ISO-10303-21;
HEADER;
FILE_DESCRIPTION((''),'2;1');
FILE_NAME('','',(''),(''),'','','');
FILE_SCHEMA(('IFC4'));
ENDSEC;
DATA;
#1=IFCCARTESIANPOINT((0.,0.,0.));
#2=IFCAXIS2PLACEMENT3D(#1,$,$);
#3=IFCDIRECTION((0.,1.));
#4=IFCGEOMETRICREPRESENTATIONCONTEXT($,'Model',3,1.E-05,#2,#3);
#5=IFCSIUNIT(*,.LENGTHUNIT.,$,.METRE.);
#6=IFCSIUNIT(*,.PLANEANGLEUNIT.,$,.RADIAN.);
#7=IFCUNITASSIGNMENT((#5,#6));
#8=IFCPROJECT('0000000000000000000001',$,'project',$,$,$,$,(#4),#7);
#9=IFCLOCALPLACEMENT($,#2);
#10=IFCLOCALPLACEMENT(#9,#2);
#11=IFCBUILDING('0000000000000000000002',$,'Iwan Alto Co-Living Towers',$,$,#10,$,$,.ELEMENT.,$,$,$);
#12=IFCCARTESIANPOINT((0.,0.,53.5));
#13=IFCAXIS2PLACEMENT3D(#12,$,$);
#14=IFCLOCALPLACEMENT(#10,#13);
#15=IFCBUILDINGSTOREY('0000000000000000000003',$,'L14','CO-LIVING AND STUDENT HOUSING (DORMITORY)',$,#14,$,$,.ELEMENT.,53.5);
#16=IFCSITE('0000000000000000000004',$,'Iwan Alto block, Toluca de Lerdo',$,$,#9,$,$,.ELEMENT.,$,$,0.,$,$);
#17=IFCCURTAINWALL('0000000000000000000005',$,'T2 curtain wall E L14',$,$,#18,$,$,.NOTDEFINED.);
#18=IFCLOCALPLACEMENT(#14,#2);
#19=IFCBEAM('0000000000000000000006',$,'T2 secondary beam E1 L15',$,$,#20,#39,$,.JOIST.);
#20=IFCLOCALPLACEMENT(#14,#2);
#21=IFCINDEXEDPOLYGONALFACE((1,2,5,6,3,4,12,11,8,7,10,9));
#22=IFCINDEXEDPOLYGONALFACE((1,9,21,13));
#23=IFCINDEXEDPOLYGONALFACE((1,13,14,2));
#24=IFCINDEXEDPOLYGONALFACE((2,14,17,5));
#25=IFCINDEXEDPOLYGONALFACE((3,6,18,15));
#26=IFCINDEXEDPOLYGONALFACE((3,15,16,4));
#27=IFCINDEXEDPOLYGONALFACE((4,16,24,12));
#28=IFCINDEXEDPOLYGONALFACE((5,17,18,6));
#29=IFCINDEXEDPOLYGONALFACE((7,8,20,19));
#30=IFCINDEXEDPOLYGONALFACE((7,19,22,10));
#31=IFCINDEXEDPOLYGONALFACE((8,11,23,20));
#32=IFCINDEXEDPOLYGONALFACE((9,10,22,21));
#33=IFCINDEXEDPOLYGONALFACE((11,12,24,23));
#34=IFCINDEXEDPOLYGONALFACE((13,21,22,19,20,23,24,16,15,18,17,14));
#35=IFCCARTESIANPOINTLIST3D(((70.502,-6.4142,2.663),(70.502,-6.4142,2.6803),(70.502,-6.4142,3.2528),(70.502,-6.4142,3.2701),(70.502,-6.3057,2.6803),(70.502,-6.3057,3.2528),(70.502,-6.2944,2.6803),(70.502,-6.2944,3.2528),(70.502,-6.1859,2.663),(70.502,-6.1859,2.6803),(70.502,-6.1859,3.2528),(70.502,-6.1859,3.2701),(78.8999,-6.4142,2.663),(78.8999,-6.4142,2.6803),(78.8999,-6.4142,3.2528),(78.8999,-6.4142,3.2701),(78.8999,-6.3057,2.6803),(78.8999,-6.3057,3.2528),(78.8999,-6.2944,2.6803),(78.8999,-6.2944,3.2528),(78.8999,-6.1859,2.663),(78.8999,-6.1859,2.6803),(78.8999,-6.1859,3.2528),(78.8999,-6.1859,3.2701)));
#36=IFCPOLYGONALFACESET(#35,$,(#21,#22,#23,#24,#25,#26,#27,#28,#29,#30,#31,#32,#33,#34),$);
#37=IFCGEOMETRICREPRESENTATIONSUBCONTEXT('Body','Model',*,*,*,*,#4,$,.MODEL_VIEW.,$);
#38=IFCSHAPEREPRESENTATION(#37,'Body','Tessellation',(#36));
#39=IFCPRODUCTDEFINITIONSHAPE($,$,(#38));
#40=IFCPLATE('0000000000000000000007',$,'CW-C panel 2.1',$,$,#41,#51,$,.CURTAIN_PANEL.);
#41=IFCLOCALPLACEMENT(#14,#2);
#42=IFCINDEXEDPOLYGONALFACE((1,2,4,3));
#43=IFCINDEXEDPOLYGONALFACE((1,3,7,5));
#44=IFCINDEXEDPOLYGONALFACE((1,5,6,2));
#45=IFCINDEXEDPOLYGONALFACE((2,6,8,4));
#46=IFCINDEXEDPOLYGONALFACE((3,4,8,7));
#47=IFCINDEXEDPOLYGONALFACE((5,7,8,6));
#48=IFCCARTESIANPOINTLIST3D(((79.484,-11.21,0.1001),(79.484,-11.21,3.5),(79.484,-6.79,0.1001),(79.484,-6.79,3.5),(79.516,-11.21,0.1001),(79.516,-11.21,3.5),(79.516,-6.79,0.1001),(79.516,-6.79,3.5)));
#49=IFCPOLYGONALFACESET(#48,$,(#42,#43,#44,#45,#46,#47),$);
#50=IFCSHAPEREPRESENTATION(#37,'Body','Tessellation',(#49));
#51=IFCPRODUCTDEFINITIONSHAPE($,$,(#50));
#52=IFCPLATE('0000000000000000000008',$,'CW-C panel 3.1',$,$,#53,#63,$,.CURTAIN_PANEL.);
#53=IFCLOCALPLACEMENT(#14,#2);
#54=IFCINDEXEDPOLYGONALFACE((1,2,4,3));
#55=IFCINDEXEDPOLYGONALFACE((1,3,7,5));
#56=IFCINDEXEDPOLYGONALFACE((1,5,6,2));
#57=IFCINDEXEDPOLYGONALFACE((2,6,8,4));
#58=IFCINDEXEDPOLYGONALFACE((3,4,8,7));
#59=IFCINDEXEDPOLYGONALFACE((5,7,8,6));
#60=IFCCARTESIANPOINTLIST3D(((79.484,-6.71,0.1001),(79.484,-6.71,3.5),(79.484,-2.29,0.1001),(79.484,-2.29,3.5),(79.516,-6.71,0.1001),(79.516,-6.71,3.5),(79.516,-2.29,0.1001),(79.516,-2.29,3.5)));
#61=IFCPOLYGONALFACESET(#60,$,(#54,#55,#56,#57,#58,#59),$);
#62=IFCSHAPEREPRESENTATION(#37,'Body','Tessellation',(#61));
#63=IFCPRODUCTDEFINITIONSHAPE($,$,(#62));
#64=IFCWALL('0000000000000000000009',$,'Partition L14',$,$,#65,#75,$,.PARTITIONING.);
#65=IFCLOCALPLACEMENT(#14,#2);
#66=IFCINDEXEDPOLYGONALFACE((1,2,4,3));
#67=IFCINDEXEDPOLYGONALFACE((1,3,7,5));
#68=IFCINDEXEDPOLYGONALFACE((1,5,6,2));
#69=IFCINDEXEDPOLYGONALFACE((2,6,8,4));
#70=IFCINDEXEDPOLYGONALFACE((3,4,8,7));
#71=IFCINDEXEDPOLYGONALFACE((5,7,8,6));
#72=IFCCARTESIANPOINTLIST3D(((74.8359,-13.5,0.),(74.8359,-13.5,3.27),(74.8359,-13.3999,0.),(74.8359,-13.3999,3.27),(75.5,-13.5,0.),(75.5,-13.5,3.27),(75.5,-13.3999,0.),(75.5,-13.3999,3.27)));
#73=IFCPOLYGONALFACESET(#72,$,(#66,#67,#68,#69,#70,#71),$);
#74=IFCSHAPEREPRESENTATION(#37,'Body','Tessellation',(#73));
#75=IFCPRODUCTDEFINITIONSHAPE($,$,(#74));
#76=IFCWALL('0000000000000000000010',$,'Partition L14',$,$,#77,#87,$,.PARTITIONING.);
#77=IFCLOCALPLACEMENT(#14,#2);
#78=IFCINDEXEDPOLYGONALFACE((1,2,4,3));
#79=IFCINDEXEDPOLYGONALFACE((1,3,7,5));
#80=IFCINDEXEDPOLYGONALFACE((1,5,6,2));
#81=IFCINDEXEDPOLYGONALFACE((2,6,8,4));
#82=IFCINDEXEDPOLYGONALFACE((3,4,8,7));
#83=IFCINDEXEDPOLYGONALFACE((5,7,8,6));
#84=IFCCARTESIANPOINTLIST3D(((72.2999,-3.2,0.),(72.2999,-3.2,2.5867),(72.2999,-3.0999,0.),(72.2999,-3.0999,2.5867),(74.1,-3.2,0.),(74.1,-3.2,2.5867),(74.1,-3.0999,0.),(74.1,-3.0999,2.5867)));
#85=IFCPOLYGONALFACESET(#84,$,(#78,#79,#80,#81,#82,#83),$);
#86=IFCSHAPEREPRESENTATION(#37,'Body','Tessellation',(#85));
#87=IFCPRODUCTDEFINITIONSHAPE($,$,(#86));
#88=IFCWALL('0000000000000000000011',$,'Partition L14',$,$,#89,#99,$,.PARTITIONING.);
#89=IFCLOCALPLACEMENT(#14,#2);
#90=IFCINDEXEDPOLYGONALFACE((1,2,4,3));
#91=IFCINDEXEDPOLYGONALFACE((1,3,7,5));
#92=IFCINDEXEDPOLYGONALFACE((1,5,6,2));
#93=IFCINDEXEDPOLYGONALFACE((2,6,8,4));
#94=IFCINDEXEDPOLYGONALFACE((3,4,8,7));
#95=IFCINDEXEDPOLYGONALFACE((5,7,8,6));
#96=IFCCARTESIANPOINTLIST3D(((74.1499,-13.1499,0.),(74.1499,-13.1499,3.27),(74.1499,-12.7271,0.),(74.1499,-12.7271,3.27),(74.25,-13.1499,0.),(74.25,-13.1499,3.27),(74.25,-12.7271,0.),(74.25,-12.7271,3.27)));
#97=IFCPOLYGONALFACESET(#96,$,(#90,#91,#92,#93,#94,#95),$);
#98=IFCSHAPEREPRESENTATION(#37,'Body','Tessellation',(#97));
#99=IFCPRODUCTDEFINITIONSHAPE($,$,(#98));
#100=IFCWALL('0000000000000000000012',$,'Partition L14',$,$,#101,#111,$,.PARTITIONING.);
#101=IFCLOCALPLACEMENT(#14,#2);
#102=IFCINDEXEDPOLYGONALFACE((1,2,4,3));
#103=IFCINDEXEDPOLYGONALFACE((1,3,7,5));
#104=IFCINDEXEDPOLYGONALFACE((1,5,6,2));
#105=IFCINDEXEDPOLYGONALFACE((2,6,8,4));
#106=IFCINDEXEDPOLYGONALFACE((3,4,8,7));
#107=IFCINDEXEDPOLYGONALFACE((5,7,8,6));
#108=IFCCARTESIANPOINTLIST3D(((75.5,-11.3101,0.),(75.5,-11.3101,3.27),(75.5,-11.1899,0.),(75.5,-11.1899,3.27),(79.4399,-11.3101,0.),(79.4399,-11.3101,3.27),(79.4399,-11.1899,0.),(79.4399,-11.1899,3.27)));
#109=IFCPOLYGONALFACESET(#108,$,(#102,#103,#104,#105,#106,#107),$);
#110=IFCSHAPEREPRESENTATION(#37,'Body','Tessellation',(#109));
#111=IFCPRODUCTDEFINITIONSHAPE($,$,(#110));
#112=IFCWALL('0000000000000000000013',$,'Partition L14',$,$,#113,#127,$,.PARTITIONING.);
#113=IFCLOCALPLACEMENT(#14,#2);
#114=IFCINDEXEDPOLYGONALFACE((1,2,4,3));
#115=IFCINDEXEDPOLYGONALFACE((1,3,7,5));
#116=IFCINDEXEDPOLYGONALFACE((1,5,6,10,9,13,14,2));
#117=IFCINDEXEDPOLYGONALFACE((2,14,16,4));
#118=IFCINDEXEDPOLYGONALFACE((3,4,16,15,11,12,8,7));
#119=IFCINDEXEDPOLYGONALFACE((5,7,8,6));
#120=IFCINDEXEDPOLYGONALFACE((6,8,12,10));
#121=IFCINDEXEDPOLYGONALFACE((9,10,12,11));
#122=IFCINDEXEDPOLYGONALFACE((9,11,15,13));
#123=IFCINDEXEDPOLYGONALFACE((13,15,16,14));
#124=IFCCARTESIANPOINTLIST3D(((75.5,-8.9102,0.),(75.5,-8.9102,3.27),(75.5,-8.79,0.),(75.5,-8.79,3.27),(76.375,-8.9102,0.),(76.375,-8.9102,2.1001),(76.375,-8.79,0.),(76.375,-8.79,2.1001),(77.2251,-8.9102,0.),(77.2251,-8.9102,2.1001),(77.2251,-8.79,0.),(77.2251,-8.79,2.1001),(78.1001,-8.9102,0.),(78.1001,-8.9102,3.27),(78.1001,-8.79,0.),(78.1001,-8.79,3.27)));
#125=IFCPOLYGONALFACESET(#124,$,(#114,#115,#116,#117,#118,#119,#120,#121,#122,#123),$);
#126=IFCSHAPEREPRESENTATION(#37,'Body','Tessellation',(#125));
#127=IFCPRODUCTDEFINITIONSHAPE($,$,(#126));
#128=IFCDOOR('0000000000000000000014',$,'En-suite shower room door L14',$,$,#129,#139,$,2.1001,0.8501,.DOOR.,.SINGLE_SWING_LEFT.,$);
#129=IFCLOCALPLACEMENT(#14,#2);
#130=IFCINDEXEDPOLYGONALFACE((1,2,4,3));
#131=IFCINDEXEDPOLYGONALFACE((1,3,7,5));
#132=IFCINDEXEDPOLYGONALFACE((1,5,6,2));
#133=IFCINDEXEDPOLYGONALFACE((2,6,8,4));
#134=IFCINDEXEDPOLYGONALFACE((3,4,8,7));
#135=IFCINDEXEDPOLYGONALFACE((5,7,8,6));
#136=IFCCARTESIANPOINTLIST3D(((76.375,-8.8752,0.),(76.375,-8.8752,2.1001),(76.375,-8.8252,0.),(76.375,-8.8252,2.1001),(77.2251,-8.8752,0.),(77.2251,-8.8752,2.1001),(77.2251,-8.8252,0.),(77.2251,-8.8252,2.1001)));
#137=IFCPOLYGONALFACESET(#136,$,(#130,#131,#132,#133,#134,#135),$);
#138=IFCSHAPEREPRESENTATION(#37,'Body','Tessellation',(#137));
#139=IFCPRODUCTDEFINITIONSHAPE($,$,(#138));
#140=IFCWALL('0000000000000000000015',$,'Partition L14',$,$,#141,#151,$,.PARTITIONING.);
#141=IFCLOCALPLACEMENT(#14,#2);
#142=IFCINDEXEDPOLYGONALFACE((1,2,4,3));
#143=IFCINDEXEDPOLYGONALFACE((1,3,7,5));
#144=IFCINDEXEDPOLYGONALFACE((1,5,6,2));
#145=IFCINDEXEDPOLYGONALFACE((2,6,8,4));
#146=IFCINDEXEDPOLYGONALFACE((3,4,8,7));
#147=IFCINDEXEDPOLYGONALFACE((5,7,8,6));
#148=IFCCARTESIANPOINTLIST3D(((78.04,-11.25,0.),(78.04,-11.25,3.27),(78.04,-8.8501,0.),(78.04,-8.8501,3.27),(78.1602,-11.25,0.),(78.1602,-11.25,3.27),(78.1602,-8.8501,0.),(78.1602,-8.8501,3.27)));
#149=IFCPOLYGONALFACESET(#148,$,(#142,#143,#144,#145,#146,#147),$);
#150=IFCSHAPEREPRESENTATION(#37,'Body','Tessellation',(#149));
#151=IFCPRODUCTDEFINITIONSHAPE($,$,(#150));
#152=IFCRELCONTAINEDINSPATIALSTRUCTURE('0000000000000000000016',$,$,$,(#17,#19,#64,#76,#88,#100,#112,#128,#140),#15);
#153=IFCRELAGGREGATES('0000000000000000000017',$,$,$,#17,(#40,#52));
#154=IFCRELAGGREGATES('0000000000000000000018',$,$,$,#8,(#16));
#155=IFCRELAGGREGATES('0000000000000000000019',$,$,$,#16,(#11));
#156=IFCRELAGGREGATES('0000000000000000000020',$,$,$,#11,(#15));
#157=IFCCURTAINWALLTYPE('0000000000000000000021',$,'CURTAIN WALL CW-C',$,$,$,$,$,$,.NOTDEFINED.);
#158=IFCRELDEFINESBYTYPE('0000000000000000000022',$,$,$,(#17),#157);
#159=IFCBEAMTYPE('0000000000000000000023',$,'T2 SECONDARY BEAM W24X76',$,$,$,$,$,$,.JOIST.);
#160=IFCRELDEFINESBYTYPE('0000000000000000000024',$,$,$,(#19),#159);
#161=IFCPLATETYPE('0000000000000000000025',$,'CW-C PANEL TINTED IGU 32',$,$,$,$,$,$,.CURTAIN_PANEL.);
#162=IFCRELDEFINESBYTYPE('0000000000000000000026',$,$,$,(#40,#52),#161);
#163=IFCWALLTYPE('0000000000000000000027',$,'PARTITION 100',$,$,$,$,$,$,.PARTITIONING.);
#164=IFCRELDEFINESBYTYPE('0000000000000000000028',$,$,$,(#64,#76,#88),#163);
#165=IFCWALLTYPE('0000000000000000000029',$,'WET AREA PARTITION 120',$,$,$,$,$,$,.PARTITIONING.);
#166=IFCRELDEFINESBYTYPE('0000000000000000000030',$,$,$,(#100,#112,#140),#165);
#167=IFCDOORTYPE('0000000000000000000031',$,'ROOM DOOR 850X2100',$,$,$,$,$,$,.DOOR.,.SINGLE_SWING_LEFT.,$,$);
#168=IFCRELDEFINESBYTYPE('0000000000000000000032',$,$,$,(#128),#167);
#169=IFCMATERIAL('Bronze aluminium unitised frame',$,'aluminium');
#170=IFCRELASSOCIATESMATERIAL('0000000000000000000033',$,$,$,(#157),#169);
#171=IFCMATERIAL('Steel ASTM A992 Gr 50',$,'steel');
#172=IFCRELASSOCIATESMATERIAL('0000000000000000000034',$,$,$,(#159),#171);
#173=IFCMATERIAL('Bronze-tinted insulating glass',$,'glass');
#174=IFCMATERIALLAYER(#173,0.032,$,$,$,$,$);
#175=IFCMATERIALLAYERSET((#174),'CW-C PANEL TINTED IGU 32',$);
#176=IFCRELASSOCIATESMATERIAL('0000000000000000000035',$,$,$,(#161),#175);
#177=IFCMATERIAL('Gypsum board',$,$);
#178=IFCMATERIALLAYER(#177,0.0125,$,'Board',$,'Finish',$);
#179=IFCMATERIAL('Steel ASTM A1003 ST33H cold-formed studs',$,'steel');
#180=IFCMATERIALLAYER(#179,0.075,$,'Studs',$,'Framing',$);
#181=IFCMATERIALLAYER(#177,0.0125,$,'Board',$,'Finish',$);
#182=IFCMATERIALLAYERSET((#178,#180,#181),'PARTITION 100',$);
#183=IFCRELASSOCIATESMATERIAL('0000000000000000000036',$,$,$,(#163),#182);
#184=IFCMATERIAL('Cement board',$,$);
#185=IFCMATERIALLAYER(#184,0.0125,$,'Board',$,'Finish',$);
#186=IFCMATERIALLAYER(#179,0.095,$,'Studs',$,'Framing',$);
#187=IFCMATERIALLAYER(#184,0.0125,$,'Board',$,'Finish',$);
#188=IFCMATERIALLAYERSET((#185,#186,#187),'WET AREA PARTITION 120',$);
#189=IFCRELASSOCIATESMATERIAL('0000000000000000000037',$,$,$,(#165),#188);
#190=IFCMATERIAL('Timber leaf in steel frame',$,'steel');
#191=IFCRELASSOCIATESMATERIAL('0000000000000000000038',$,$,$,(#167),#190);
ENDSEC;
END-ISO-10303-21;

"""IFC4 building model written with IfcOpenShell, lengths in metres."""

from ifc_helpers import new_model, si_unit, direction, frame, frame_2d, origin, origin_2d, place, context, subcontext, project, spatial, rectangle, i_section, extrude, material, layer, layer_set, material_profile, profile_set, type_object, element, fill, aggregate, save


model = new_model("IFC4")

# Units and contexts
model_context = context("Model", 3, precision=1e-05, world=origin(), true_north=direction((0.0, 1.0)))
body_context = subcontext(model_context, "Body", "Model", "MODEL_VIEW")
ifc_project = project(units=[si_unit("LENGTHUNIT", "METRE"), si_unit("PLANEANGLEUNIT", "RADIAN")], contexts=[model_context])

# Site, building, storey
site_placement = place(None, origin())
site = spatial("IfcSite", under=ifc_project, at=site_placement, Name="Iwan Alto block, Toluca de Lerdo", CompositionType="ELEMENT", RefElevation=0.0)
building_placement = place(site_placement, origin())
building = spatial("IfcBuilding", under=site, at=building_placement, Name="Iwan Alto Co-Living Towers", CompositionType="ELEMENT")
storey_placement = place(building_placement, frame((0.0, 0.0, 53.5)))
storey = spatial("IfcBuildingStorey", under=building, at=storey_placement, Name="L14", Description="CO-LIVING AND STUDENT HOUSING (DORMITORY)", CompositionType="ELEMENT", Elevation=53.5)

# Curtain wall
ifc_material_1 = material(Name="Bronze aluminium unitised frame", Category="aluminium")
curtain_wall_type = type_object("IfcCurtainWallType", Name="CURTAIN WALL CW-C", PredefinedType="NOTDEFINED", material=ifc_material_1)
curtain_wall_placement = place(storey_placement, origin())
curtain_wall = element("IfcCurtainWall", 1, at=curtain_wall_placement, inside=storey, type_object=curtain_wall_type, Name="T2 curtain wall E L14", PredefinedType="NOTDEFINED")

# Beam
ifc_material_2 = material(Name="Steel ASTM A992 Gr 50", Category="steel")
ifc_material_profile_1 = material_profile(ifc_material_2, i_section(OverallWidth=0.2283, OverallDepth=0.6072, WebThickness=0.0112, FlangeThickness=0.0173, at=origin_2d()), Name="W24X76")
ifc_profile_set_1 = profile_set([ifc_material_profile_1], Name="Steel ASTM A992 Gr 50")
beam_type_1 = type_object("IfcBeamType", Name="T2 SECONDARY BEAM W24X76", PredefinedType="JOIST", material=ifc_profile_set_1)
beam_1_placement = place(storey_placement, frame((78.8999, -6.3, 2.9666), z_axis=(-1.0, 0.0, 0.0), x_axis=(0.0, -1.0, 0.0)))
element("IfcBeam", 2, at=beam_1_placement, inside=storey, type_object=beam_type_1, Name="T2 secondary beam E1 L15", PredefinedType="JOIST", context=body_context, shape_type="SweptSolid", body=[
    extrude(i_section(OverallWidth=0.2283, OverallDepth=0.6072, WebThickness=0.0112, FlangeThickness=0.0173, at=origin_2d()), origin(), (0.0, 0.0, 1.0), 8.3979),
])

# Plates
ifc_material_3 = material(Name="Bronze-tinted insulating glass", Category="glass")
ifc_layer_1 = layer(ifc_material_3, 0.032)
ifc_layer_set_1 = layer_set([ifc_layer_1], Name="CW-C PANEL TINTED IGU 32")
plate_type = type_object("IfcPlateType", Name="CW-C PANEL TINTED IGU 32", PredefinedType="CURTAIN_PANEL", material=ifc_layer_set_1)
plate_1_placement = place(storey_placement, frame((79.5, -9.0, 0.1001), z_axis=(0.0, 0.0, 1.0), x_axis=(0.0, 1.0, 0.0)))
plate_1 = element("IfcPlate", 3, at=plate_1_placement, type_object=plate_type, Name="CW-C panel 2.1", PredefinedType="CURTAIN_PANEL", context=body_context, shape_type="SweptSolid", body=[
    extrude(rectangle(XDim=4.4199, YDim=0.032, at=origin_2d()), origin(), (0.0, 0.0, 1.0), 3.3999),
])
plate_2_placement = place(storey_placement, frame((79.5, -4.5, 0.1001), z_axis=(0.0, 0.0, 1.0), x_axis=(0.0, 1.0, 0.0)))
plate_2 = element("IfcPlate", 4, at=plate_2_placement, type_object=plate_type, Name="CW-C panel 3.1", PredefinedType="CURTAIN_PANEL", context=body_context, shape_type="SweptSolid", body=[
    extrude(rectangle(XDim=4.4199, YDim=0.032, at=origin_2d()), origin(), (0.0, 0.0, 1.0), 3.3999),
])
aggregate(curtain_wall, [plate_1, plate_2])

# Walls
ifc_material_4 = material(Name="Gypsum board")
ifc_layer_2 = layer(ifc_material_4, 0.0125, Name="Board", Category="Finish")
ifc_material_5 = material(Name="Steel ASTM A1003 ST33H cold-formed studs", Category="steel")
ifc_layer_3 = layer(ifc_material_5, 0.075, Name="Studs", Category="Framing")
ifc_layer_4 = layer(ifc_material_4, 0.0125, Name="Board", Category="Finish")
ifc_layer_set_2 = layer_set([ifc_layer_2, ifc_layer_3, ifc_layer_4], Name="PARTITION 100")
wall_type_1 = type_object("IfcWallType", Name="PARTITION 100", PredefinedType="PARTITIONING", material=ifc_layer_set_2)
wall_1_placement = place(storey_placement, frame((74.8359, -13.45, 0.0), z_axis=(0.0, 0.0, 1.0), x_axis=(1.0, 0.0, 0.0)))
element("IfcWall", 5, at=wall_1_placement, inside=storey, type_object=wall_type_1, Name="Partition L14", PredefinedType="PARTITIONING", context=body_context, shape_type="SweptSolid", body=[
    extrude(rectangle(XDim=0.6641, YDim=0.1001, at=frame_2d((0.332, 0.0))), origin(), (0.0, 0.0, 1.0), 3.27),
])
wall_2_placement = place(storey_placement, frame((72.3, -3.1499, 0.0), z_axis=(0.0, 0.0, 1.0), x_axis=(1.0, 0.0, 0.0)))
element("IfcWall", 6, at=wall_2_placement, inside=storey, type_object=wall_type_1, Name="Partition L14", PredefinedType="PARTITIONING", context=body_context, shape_type="SweptSolid", body=[
    extrude(rectangle(XDim=1.8, YDim=0.1001, at=frame_2d((0.8999, 0.0))), origin(), (0.0, 0.0, 1.0), 2.5867),
])
wall_3_placement = place(storey_placement, frame((74.2, -13.1499, 0.0), z_axis=(0.0, 0.0, 1.0), x_axis=(0.0, 1.0, 0.0)))
element("IfcWall", 7, at=wall_3_placement, inside=storey, type_object=wall_type_1, Name="Partition L14", PredefinedType="PARTITIONING", context=body_context, shape_type="SweptSolid", body=[
    extrude(rectangle(XDim=0.4229, YDim=0.1001, at=frame_2d((0.2114, 0.0))), origin(), (0.0, 0.0, 1.0), 3.27),
])
ifc_material_6 = material(Name="Cement board")
ifc_layer_5 = layer(ifc_material_6, 0.0125, Name="Board", Category="Finish")
ifc_layer_6 = layer(ifc_material_5, 0.095, Name="Studs", Category="Framing")
ifc_layer_7 = layer(ifc_material_6, 0.0125, Name="Board", Category="Finish")
ifc_layer_set_3 = layer_set([ifc_layer_5, ifc_layer_6, ifc_layer_7], Name="WET AREA PARTITION 120")
wall_type_2 = type_object("IfcWallType", Name="WET AREA PARTITION 120", PredefinedType="PARTITIONING", material=ifc_layer_set_3)
wall_4_placement = place(storey_placement, frame((75.5, -11.25, 0.0), z_axis=(0.0, 0.0, 1.0), x_axis=(1.0, 0.0, 0.0)))
element("IfcWall", 8, at=wall_4_placement, inside=storey, type_object=wall_type_2, Name="Partition L14", PredefinedType="PARTITIONING", context=body_context, shape_type="SweptSolid", body=[
    extrude(rectangle(XDim=3.9399, YDim=0.1201, at=frame_2d((1.97, 0.0))), origin(), (0.0, 0.0, 1.0), 3.27),
])

# Wall, opening, door
wall_5_placement = place(storey_placement, frame((75.5, -8.8501, 0.0), z_axis=(0.0, 0.0, 1.0), x_axis=(1.0, 0.0, 0.0)))
wall_5 = element("IfcWall", 9, at=wall_5_placement, inside=storey, type_object=wall_type_2, Name="Partition L14", PredefinedType="PARTITIONING", context=body_context, shape_type="SweptSolid", body=[
    extrude(rectangle(XDim=2.6001, YDim=0.1201, at=frame_2d((1.3, 0.0))), origin(), (0.0, 0.0, 1.0), 3.27),
])
opening_1_placement = place(wall_5_placement, frame((0.875, 0.0, 0.0)))
opening_1 = element("IfcOpeningElement", 10, at=opening_1_placement, cuts=wall_5, PredefinedType="OPENING", context=body_context, shape_type="SweptSolid", body=[
    extrude(rectangle(XDim=0.8501, YDim=2.1001, at=frame_2d((0.425, 1.05))), frame((0.0, 0.0701, 0.0), z_axis=(0.0, -1.0, 0.0), x_axis=(1.0, 0.0, 0.0)), (0.0, 0.0, 1.0), 0.1401),
])
ifc_material_7 = material(Name="Timber leaf in steel frame", Category="steel")
door_type = type_object("IfcDoorType", Name="ROOM DOOR 850X2100", OperationType="SINGLE_SWING_LEFT", PredefinedType="DOOR", material=ifc_material_7)
door_1_placement = place(opening_1_placement, origin())
door_1 = element("IfcDoor", 11, at=door_1_placement, inside=storey, type_object=door_type, Name="En-suite shower room door L14", OperationType="SINGLE_SWING_LEFT", OverallHeight=2.1001, OverallWidth=0.8501, PredefinedType="DOOR", context=body_context, shape_type="SweptSolid", body=[
    extrude(rectangle(XDim=0.8501, YDim=2.1001, at=frame_2d((0.425, 1.05))), frame((0.0, 0.0249, 0.0), z_axis=(0.0, -1.0, 0.0), x_axis=(1.0, 0.0, 0.0)), (0.0, 0.0, 1.0), 0.05),
])
fill(opening_1, door_1)

# Wall
wall_6_placement = place(storey_placement, frame((78.1001, -11.25, 0.0), z_axis=(0.0, 0.0, 1.0), x_axis=(0.0, 1.0, 0.0)))
element("IfcWall", 12, at=wall_6_placement, inside=storey, type_object=wall_type_2, Name="Partition L14", PredefinedType="PARTITIONING", context=body_context, shape_type="SweptSolid", body=[
    extrude(rectangle(XDim=2.3999, YDim=0.1201, at=frame_2d((1.2, 0.0))), origin(), (0.0, 0.0, 1.0), 3.27),
])

save(model, "model.ifc")
